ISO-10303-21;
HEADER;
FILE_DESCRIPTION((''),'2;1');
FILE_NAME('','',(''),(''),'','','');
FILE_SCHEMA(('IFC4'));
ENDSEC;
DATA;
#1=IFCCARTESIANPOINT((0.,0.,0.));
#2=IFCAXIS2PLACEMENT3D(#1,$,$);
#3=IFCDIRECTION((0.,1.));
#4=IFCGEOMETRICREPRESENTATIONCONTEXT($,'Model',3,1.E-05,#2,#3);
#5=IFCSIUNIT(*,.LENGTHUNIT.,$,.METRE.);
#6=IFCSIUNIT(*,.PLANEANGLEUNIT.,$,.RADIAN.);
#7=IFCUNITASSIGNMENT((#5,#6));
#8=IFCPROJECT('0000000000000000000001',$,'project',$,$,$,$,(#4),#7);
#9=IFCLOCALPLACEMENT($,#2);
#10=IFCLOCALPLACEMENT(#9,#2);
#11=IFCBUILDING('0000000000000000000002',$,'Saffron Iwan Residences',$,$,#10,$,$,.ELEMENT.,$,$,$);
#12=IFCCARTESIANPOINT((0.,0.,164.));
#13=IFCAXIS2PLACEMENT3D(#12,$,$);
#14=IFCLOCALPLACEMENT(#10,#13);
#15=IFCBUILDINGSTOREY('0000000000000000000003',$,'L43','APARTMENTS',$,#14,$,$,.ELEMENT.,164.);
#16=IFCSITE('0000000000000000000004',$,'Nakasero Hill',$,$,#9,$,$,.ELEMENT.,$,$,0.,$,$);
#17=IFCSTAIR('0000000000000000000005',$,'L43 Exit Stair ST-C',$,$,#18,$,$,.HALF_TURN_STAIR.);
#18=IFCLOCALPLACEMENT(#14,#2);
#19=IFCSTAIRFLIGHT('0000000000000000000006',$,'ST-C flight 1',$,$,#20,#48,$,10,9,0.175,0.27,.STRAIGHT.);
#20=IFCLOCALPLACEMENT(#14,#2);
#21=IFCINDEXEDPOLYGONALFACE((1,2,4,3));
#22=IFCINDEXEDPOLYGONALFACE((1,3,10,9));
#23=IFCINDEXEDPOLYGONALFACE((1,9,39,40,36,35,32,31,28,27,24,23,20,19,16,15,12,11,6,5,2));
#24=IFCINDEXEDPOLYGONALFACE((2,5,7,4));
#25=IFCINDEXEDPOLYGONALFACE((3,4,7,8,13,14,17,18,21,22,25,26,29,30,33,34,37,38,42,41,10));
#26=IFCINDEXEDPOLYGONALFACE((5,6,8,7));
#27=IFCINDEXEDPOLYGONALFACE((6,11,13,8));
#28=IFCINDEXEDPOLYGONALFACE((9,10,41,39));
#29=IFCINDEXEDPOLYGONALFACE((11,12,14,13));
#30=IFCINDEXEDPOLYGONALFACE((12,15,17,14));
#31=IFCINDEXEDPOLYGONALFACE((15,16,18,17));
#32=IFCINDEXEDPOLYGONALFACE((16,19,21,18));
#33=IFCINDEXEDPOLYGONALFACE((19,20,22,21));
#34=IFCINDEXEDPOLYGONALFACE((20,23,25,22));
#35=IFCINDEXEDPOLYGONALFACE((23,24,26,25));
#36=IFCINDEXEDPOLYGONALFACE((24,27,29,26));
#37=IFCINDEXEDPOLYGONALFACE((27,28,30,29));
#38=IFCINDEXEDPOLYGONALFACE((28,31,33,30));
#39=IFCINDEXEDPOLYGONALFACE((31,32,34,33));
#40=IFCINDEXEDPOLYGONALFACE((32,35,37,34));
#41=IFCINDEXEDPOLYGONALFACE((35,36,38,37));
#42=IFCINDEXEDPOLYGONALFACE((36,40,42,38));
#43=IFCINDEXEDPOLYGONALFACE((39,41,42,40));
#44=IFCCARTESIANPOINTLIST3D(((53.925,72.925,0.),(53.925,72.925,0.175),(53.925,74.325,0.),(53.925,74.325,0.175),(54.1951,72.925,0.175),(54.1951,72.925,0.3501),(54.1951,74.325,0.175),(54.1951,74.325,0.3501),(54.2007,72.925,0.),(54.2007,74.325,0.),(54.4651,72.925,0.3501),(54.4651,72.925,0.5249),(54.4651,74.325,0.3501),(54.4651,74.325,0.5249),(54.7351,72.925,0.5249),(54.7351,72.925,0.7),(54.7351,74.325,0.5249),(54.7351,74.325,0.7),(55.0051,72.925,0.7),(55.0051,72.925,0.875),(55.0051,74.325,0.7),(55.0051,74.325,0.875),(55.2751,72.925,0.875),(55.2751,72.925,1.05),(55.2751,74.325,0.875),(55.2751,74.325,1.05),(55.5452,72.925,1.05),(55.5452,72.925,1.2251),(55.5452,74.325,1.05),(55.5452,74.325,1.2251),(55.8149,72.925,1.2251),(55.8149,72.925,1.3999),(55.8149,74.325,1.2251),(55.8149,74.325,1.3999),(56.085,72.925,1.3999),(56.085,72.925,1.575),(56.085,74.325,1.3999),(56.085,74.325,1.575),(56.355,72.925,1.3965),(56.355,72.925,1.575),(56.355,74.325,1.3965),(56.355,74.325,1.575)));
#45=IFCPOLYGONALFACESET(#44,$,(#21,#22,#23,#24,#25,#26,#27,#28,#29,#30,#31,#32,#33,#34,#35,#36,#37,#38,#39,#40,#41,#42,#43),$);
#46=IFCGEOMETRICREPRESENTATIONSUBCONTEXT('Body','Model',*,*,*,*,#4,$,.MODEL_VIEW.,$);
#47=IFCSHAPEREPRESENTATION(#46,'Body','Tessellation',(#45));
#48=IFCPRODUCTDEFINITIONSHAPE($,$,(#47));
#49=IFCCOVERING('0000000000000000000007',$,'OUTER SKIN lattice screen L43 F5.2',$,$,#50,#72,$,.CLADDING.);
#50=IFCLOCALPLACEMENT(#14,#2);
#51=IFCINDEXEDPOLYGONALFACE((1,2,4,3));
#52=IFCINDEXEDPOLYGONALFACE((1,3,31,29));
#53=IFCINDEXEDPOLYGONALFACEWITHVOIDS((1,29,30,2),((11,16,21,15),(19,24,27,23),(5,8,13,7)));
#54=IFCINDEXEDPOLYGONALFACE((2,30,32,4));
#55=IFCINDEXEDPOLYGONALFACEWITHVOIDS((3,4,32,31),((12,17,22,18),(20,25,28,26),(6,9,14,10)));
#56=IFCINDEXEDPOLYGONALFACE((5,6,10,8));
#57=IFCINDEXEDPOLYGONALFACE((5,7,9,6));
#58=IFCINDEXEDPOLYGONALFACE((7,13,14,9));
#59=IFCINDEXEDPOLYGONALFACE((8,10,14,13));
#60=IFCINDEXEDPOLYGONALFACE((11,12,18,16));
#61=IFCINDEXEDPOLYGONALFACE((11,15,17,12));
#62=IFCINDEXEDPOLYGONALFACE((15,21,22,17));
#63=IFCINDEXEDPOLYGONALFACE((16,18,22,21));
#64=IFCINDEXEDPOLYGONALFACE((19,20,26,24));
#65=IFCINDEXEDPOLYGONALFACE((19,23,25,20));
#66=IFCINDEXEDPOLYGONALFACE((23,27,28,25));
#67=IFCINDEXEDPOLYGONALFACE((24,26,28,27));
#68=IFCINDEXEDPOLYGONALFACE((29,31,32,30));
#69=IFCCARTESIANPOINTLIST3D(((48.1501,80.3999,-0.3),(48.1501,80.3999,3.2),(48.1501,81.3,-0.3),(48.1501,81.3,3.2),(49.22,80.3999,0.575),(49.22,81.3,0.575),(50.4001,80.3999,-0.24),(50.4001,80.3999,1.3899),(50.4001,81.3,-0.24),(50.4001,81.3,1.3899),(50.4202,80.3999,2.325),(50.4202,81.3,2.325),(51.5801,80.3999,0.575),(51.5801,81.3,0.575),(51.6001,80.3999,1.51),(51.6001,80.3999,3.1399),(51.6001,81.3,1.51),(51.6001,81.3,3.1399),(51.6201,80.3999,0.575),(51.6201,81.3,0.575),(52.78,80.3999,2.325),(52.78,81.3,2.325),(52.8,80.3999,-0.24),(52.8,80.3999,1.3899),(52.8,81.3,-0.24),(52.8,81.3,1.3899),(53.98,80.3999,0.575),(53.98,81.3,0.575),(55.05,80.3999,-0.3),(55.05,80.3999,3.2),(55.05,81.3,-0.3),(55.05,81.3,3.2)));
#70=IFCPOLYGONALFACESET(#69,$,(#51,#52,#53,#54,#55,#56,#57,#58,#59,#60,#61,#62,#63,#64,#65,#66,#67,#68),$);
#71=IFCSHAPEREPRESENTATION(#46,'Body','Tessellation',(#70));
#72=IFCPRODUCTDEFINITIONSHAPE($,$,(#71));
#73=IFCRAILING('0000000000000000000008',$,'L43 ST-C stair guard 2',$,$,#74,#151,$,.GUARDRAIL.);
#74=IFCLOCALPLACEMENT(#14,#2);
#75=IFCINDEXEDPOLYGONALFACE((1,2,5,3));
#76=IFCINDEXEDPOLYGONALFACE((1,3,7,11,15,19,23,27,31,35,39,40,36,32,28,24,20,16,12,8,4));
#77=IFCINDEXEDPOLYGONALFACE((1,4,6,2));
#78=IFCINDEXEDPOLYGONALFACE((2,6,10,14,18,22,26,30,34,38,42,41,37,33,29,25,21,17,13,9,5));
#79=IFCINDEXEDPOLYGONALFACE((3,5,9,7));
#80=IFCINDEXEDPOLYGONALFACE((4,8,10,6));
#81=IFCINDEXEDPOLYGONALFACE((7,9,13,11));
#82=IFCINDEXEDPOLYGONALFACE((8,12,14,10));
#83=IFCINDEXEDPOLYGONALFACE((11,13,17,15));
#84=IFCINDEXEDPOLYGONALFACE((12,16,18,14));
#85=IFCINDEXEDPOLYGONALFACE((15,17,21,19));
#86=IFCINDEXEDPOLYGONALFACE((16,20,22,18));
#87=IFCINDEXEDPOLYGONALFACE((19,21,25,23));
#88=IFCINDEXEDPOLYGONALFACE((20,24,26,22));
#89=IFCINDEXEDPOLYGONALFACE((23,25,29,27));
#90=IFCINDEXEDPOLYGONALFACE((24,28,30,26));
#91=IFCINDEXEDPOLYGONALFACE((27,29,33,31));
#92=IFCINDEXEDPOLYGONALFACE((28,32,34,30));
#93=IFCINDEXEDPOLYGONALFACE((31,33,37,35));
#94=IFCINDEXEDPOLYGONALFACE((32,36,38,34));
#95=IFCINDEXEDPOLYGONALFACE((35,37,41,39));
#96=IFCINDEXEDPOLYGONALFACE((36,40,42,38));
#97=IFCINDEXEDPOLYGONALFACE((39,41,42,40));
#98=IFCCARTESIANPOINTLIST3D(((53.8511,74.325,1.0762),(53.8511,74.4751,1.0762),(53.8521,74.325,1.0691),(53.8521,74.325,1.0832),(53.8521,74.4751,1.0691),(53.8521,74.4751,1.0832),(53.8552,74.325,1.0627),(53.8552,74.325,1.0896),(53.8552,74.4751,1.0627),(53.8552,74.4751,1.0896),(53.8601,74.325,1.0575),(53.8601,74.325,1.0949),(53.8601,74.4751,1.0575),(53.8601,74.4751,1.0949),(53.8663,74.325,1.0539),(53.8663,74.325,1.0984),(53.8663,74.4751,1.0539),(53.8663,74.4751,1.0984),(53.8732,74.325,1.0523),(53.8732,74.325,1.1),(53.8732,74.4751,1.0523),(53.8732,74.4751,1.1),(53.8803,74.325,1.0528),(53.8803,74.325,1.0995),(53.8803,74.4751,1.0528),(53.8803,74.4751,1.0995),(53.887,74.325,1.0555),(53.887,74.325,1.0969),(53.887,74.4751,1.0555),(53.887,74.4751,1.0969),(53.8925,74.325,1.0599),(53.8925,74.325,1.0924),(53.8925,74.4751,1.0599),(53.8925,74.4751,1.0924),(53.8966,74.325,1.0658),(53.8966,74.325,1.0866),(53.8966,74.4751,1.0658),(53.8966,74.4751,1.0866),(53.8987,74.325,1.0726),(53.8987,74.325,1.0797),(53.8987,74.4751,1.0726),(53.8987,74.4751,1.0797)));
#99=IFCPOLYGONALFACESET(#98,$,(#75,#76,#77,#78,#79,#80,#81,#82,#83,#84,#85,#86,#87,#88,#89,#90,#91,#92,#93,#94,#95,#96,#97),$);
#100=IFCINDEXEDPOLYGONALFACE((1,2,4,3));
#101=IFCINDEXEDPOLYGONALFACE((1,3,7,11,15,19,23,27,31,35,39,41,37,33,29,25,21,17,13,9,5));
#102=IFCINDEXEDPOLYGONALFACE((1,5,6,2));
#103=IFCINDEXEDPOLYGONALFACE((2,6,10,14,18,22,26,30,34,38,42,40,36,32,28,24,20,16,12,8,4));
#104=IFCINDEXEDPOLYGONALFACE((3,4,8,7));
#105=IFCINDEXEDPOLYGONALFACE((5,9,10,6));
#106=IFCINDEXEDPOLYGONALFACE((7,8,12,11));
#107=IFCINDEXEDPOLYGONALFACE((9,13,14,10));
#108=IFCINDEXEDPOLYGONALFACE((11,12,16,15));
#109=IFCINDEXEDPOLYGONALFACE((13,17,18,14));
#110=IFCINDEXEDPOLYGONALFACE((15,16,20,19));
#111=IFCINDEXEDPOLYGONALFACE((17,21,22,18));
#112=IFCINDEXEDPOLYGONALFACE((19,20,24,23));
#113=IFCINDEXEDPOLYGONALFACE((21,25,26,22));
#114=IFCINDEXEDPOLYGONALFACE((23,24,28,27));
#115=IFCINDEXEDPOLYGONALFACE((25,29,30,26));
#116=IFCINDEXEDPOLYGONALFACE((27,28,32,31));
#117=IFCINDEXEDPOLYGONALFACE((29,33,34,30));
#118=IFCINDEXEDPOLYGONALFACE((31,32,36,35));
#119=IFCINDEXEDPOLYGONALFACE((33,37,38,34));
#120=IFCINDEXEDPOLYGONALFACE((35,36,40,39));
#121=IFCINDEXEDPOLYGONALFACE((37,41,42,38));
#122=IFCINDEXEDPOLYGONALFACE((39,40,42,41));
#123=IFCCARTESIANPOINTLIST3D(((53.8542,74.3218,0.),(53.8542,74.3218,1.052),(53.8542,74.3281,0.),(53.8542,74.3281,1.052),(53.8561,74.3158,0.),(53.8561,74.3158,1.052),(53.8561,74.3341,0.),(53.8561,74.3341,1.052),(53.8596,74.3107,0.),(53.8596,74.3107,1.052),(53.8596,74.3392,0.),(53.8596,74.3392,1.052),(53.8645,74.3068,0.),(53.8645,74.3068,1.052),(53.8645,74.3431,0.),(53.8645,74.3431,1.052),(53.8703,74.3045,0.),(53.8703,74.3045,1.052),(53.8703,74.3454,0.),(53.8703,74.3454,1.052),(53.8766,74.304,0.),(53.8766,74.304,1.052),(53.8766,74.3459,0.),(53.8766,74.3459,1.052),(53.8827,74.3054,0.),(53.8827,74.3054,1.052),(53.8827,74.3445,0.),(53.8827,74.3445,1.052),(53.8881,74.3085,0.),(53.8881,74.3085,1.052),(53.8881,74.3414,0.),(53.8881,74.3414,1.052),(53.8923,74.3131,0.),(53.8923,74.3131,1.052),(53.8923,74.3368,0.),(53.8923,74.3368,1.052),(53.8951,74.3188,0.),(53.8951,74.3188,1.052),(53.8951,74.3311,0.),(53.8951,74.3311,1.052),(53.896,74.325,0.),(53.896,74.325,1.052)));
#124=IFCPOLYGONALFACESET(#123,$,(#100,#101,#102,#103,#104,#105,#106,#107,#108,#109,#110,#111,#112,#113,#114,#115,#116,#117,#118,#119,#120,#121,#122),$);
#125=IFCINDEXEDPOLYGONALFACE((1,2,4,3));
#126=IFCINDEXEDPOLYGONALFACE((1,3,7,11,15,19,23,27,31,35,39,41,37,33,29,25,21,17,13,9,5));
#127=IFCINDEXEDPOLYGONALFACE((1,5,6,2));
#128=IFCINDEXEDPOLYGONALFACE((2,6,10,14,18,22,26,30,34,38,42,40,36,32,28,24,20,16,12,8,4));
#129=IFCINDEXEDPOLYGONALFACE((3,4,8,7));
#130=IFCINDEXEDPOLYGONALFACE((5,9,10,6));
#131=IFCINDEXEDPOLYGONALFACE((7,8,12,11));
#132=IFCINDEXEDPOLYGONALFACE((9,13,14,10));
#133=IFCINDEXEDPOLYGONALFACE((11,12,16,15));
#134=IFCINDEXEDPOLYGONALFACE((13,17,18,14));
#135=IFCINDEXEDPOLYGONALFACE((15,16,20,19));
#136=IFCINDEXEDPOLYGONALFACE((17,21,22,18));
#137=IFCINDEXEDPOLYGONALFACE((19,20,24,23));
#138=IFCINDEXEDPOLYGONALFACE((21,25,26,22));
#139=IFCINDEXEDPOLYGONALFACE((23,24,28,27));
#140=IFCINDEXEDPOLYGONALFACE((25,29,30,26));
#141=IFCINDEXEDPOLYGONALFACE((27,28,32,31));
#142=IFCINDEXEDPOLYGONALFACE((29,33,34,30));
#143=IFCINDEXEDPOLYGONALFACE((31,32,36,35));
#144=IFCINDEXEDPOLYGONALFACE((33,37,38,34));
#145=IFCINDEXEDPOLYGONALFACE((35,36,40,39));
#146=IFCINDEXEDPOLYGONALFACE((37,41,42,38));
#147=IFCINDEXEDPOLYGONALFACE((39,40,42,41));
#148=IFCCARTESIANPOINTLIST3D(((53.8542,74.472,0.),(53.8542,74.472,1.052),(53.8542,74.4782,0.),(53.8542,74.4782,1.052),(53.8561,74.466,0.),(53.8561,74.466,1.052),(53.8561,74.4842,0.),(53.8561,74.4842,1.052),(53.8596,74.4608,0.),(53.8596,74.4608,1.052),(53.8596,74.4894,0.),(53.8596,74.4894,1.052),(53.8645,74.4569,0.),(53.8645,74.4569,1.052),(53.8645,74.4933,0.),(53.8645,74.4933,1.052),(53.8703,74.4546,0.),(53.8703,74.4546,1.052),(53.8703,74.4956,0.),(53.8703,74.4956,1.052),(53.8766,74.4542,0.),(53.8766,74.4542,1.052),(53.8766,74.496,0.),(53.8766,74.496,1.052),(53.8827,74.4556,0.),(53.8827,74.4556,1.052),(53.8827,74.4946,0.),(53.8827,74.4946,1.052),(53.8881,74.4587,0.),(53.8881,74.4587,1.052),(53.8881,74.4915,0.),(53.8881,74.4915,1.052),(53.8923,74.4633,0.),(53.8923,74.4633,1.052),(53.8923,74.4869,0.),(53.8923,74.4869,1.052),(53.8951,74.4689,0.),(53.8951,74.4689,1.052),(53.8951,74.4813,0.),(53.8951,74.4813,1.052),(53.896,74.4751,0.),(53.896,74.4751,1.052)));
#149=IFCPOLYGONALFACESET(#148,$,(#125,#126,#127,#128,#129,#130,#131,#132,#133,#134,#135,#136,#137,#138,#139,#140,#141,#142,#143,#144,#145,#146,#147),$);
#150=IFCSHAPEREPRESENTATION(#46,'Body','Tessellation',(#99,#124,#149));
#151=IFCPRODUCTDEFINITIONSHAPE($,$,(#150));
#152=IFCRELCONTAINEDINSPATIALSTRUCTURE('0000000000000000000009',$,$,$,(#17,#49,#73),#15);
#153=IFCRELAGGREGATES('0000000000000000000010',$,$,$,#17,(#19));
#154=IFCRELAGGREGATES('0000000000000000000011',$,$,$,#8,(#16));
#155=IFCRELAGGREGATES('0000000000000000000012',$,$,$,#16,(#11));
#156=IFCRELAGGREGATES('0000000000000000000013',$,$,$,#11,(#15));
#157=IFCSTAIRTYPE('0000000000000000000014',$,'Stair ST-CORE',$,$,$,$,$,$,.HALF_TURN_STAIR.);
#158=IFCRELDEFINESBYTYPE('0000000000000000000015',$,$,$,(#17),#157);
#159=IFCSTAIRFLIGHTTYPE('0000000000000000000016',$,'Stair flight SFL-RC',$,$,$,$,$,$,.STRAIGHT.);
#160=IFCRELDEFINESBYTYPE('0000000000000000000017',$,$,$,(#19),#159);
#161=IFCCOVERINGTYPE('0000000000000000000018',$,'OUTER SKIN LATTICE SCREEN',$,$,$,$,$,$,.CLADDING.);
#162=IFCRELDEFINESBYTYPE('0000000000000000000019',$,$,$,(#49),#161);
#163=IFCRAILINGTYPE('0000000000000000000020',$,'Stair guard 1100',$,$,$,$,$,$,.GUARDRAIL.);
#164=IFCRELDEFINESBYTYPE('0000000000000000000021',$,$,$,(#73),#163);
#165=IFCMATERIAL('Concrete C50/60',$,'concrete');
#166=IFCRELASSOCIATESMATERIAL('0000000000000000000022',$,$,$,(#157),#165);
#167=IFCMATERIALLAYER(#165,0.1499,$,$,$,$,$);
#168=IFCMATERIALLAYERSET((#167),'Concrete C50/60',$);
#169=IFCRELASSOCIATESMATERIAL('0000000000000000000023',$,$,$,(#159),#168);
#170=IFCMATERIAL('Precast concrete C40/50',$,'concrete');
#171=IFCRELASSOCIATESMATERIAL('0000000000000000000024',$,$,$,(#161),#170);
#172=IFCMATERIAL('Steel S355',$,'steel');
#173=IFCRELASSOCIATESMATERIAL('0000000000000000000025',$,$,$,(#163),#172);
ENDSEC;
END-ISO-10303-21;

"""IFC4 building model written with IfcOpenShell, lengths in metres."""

from ifc_helpers import new_model, si_unit, direction, frame, origin, origin_2d, place, context, subcontext, project, spatial, polyline, circle, outline, extrude, material, layer, layer_set, type_object, element, aggregate, save


model = new_model("IFC4")

# Units and contexts
model_context = context("Model", 3, precision=1e-05, world=origin(), true_north=direction((0.0, 1.0)))
body_context = subcontext(model_context, "Body", "Model", "MODEL_VIEW")
ifc_project = project(units=[si_unit("LENGTHUNIT", "METRE"), si_unit("PLANEANGLEUNIT", "RADIAN")], contexts=[model_context])

# Site, building, storey
site_placement = place(None, origin())
site = spatial("IfcSite", under=ifc_project, at=site_placement, Name="Nakasero Hill", CompositionType="ELEMENT", RefElevation=0.0)
building_placement = place(site_placement, origin())
building = spatial("IfcBuilding", under=site, at=building_placement, Name="Saffron Iwan Residences", CompositionType="ELEMENT")
storey_placement = place(building_placement, frame((0.0, 0.0, 164.0)))
storey = spatial("IfcBuildingStorey", under=building, at=storey_placement, Name="L43", Description="APARTMENTS", CompositionType="ELEMENT", Elevation=164.0)

# Shared definitions
ifc_material_1 = material(Name="Concrete C50/60", Category="concrete")

# Stair, stair flight
stair_type = type_object("IfcStairType", Name="Stair ST-CORE", PredefinedType="HALF_TURN_STAIR", material=ifc_material_1)
stair_placement = place(storey_placement, origin())
stair = element("IfcStair", 1, at=stair_placement, inside=storey, type_object=stair_type, Name="L43 Exit Stair ST-C", PredefinedType="HALF_TURN_STAIR")
ifc_layer_1 = layer(ifc_material_1, 0.1499)
ifc_layer_set_1 = layer_set([ifc_layer_1], Name="Concrete C50/60")
stair_flight_type = type_object("IfcStairFlightType", Name="Stair flight SFL-RC", PredefinedType="STRAIGHT", material=ifc_layer_set_1)
stair_flight_placement = place(storey_placement, frame((53.925, 73.625, 0.0), z_axis=(0.0, 0.0, 1.0), x_axis=(1.0, 0.0, 0.0)))
stair_flight = element("IfcStairFlight", 2, at=stair_flight_placement, type_object=stair_flight_type, Name="ST-C flight 1", NumberOfRisers=10, NumberOfTreads=9, PredefinedType="STRAIGHT", RiserHeight=0.175, TreadLength=0.27, context=body_context, shape_type="SweptSolid", body=[
    extrude(outline(polyline([(0.0, 0.0), (0.0, 0.175), (0.27, 0.175), (0.27, 0.3501), (0.54, 0.3501), (0.54, 0.5249), (0.8101, 0.5249), (0.8101, 0.7), (1.0801, 0.7), (1.0801, 0.875), (1.3501, 0.875), (1.3501, 1.05), (1.6201, 1.05), (1.6201, 1.2251), (1.8899, 1.2251), (1.8899, 1.3999), (2.1599, 1.3999), (2.1599, 1.575), (2.4299, 1.575), (2.4299, 1.75), (2.4299, 1.3965), (0.2756, 0.0), (0.0, 0.0)])), frame((0.0, 0.7, 0.0), z_axis=(0.0, -1.0, 0.0), x_axis=(1.0, 0.0, 0.0)), (0.0, 0.0, 1.0), 1.3999),
])
aggregate(stair, [stair_flight])

# Covering
ifc_material_2 = material(Name="Precast concrete C40/50", Category="concrete")
covering_type_1 = type_object("IfcCoveringType", Name="OUTER SKIN LATTICE SCREEN", PredefinedType="CLADDING", material=ifc_material_2)
covering_1_placement = place(storey_placement, frame((55.05, 80.3999, -0.3), z_axis=(0.0, 1.0, 0.0), x_axis=(-1.0, 0.0, 0.0)))
element("IfcCovering", 3, at=covering_1_placement, inside=storey, type_object=covering_type_1, Name="OUTER SKIN lattice screen L43 F5.2", PredefinedType="CLADDING", context=body_context, shape_type="SweptSolid", body=[
    extrude(outline(polyline([(0.0, 0.0), (6.8999, 0.0), (6.8999, 3.5), (0.0, 3.5), (0.0, 0.0)]), holes=[polyline([(1.0701, 0.875), (2.25, 0.0601), (3.4299, 0.875), (2.25, 1.6899), (1.0701, 0.875)]), polyline([(3.47, 0.875), (4.6499, 0.0601), (5.8301, 0.875), (4.6499, 1.6899), (3.47, 0.875)]), polyline([(2.27, 2.625), (3.45, 1.8101), (4.6299, 2.625), (3.45, 3.4399), (2.27, 2.625)])]), origin(), (0.0, 0.0, 1.0), 0.9001),
])

# Railing
ifc_material_3 = material(Name="Steel S355", Category="steel")
railing_type_1 = type_object("IfcRailingType", Name="Stair guard 1100", PredefinedType="GUARDRAIL", material=ifc_material_3)
railing_1_placement = place(storey_placement, frame((53.875, 74.325, 0.0)))
element("IfcRailing", 4, at=railing_1_placement, inside=storey, type_object=railing_type_1, Name="L43 ST-C stair guard 2", PredefinedType="GUARDRAIL", context=body_context, shape_type="SweptSolid", body=[
    extrude(circle(Radius=0.0239, at=origin_2d()), frame((0.0, 0.0, 1.0762), z_axis=(0.0, 1.0, 0.0), x_axis=(-1.0, 0.0, 0.0)), (0.0, 0.0, 1.0), 0.1501),
    extrude(circle(Radius=0.021, at=origin_2d()), origin(), (0.0, 0.0, 1.0), 1.052),
    extrude(circle(Radius=0.021, at=origin_2d()), frame((0.0, 0.1501, 0.0)), (0.0, 0.0, 1.0), 1.052),
])

save(model, "model.ifc")
